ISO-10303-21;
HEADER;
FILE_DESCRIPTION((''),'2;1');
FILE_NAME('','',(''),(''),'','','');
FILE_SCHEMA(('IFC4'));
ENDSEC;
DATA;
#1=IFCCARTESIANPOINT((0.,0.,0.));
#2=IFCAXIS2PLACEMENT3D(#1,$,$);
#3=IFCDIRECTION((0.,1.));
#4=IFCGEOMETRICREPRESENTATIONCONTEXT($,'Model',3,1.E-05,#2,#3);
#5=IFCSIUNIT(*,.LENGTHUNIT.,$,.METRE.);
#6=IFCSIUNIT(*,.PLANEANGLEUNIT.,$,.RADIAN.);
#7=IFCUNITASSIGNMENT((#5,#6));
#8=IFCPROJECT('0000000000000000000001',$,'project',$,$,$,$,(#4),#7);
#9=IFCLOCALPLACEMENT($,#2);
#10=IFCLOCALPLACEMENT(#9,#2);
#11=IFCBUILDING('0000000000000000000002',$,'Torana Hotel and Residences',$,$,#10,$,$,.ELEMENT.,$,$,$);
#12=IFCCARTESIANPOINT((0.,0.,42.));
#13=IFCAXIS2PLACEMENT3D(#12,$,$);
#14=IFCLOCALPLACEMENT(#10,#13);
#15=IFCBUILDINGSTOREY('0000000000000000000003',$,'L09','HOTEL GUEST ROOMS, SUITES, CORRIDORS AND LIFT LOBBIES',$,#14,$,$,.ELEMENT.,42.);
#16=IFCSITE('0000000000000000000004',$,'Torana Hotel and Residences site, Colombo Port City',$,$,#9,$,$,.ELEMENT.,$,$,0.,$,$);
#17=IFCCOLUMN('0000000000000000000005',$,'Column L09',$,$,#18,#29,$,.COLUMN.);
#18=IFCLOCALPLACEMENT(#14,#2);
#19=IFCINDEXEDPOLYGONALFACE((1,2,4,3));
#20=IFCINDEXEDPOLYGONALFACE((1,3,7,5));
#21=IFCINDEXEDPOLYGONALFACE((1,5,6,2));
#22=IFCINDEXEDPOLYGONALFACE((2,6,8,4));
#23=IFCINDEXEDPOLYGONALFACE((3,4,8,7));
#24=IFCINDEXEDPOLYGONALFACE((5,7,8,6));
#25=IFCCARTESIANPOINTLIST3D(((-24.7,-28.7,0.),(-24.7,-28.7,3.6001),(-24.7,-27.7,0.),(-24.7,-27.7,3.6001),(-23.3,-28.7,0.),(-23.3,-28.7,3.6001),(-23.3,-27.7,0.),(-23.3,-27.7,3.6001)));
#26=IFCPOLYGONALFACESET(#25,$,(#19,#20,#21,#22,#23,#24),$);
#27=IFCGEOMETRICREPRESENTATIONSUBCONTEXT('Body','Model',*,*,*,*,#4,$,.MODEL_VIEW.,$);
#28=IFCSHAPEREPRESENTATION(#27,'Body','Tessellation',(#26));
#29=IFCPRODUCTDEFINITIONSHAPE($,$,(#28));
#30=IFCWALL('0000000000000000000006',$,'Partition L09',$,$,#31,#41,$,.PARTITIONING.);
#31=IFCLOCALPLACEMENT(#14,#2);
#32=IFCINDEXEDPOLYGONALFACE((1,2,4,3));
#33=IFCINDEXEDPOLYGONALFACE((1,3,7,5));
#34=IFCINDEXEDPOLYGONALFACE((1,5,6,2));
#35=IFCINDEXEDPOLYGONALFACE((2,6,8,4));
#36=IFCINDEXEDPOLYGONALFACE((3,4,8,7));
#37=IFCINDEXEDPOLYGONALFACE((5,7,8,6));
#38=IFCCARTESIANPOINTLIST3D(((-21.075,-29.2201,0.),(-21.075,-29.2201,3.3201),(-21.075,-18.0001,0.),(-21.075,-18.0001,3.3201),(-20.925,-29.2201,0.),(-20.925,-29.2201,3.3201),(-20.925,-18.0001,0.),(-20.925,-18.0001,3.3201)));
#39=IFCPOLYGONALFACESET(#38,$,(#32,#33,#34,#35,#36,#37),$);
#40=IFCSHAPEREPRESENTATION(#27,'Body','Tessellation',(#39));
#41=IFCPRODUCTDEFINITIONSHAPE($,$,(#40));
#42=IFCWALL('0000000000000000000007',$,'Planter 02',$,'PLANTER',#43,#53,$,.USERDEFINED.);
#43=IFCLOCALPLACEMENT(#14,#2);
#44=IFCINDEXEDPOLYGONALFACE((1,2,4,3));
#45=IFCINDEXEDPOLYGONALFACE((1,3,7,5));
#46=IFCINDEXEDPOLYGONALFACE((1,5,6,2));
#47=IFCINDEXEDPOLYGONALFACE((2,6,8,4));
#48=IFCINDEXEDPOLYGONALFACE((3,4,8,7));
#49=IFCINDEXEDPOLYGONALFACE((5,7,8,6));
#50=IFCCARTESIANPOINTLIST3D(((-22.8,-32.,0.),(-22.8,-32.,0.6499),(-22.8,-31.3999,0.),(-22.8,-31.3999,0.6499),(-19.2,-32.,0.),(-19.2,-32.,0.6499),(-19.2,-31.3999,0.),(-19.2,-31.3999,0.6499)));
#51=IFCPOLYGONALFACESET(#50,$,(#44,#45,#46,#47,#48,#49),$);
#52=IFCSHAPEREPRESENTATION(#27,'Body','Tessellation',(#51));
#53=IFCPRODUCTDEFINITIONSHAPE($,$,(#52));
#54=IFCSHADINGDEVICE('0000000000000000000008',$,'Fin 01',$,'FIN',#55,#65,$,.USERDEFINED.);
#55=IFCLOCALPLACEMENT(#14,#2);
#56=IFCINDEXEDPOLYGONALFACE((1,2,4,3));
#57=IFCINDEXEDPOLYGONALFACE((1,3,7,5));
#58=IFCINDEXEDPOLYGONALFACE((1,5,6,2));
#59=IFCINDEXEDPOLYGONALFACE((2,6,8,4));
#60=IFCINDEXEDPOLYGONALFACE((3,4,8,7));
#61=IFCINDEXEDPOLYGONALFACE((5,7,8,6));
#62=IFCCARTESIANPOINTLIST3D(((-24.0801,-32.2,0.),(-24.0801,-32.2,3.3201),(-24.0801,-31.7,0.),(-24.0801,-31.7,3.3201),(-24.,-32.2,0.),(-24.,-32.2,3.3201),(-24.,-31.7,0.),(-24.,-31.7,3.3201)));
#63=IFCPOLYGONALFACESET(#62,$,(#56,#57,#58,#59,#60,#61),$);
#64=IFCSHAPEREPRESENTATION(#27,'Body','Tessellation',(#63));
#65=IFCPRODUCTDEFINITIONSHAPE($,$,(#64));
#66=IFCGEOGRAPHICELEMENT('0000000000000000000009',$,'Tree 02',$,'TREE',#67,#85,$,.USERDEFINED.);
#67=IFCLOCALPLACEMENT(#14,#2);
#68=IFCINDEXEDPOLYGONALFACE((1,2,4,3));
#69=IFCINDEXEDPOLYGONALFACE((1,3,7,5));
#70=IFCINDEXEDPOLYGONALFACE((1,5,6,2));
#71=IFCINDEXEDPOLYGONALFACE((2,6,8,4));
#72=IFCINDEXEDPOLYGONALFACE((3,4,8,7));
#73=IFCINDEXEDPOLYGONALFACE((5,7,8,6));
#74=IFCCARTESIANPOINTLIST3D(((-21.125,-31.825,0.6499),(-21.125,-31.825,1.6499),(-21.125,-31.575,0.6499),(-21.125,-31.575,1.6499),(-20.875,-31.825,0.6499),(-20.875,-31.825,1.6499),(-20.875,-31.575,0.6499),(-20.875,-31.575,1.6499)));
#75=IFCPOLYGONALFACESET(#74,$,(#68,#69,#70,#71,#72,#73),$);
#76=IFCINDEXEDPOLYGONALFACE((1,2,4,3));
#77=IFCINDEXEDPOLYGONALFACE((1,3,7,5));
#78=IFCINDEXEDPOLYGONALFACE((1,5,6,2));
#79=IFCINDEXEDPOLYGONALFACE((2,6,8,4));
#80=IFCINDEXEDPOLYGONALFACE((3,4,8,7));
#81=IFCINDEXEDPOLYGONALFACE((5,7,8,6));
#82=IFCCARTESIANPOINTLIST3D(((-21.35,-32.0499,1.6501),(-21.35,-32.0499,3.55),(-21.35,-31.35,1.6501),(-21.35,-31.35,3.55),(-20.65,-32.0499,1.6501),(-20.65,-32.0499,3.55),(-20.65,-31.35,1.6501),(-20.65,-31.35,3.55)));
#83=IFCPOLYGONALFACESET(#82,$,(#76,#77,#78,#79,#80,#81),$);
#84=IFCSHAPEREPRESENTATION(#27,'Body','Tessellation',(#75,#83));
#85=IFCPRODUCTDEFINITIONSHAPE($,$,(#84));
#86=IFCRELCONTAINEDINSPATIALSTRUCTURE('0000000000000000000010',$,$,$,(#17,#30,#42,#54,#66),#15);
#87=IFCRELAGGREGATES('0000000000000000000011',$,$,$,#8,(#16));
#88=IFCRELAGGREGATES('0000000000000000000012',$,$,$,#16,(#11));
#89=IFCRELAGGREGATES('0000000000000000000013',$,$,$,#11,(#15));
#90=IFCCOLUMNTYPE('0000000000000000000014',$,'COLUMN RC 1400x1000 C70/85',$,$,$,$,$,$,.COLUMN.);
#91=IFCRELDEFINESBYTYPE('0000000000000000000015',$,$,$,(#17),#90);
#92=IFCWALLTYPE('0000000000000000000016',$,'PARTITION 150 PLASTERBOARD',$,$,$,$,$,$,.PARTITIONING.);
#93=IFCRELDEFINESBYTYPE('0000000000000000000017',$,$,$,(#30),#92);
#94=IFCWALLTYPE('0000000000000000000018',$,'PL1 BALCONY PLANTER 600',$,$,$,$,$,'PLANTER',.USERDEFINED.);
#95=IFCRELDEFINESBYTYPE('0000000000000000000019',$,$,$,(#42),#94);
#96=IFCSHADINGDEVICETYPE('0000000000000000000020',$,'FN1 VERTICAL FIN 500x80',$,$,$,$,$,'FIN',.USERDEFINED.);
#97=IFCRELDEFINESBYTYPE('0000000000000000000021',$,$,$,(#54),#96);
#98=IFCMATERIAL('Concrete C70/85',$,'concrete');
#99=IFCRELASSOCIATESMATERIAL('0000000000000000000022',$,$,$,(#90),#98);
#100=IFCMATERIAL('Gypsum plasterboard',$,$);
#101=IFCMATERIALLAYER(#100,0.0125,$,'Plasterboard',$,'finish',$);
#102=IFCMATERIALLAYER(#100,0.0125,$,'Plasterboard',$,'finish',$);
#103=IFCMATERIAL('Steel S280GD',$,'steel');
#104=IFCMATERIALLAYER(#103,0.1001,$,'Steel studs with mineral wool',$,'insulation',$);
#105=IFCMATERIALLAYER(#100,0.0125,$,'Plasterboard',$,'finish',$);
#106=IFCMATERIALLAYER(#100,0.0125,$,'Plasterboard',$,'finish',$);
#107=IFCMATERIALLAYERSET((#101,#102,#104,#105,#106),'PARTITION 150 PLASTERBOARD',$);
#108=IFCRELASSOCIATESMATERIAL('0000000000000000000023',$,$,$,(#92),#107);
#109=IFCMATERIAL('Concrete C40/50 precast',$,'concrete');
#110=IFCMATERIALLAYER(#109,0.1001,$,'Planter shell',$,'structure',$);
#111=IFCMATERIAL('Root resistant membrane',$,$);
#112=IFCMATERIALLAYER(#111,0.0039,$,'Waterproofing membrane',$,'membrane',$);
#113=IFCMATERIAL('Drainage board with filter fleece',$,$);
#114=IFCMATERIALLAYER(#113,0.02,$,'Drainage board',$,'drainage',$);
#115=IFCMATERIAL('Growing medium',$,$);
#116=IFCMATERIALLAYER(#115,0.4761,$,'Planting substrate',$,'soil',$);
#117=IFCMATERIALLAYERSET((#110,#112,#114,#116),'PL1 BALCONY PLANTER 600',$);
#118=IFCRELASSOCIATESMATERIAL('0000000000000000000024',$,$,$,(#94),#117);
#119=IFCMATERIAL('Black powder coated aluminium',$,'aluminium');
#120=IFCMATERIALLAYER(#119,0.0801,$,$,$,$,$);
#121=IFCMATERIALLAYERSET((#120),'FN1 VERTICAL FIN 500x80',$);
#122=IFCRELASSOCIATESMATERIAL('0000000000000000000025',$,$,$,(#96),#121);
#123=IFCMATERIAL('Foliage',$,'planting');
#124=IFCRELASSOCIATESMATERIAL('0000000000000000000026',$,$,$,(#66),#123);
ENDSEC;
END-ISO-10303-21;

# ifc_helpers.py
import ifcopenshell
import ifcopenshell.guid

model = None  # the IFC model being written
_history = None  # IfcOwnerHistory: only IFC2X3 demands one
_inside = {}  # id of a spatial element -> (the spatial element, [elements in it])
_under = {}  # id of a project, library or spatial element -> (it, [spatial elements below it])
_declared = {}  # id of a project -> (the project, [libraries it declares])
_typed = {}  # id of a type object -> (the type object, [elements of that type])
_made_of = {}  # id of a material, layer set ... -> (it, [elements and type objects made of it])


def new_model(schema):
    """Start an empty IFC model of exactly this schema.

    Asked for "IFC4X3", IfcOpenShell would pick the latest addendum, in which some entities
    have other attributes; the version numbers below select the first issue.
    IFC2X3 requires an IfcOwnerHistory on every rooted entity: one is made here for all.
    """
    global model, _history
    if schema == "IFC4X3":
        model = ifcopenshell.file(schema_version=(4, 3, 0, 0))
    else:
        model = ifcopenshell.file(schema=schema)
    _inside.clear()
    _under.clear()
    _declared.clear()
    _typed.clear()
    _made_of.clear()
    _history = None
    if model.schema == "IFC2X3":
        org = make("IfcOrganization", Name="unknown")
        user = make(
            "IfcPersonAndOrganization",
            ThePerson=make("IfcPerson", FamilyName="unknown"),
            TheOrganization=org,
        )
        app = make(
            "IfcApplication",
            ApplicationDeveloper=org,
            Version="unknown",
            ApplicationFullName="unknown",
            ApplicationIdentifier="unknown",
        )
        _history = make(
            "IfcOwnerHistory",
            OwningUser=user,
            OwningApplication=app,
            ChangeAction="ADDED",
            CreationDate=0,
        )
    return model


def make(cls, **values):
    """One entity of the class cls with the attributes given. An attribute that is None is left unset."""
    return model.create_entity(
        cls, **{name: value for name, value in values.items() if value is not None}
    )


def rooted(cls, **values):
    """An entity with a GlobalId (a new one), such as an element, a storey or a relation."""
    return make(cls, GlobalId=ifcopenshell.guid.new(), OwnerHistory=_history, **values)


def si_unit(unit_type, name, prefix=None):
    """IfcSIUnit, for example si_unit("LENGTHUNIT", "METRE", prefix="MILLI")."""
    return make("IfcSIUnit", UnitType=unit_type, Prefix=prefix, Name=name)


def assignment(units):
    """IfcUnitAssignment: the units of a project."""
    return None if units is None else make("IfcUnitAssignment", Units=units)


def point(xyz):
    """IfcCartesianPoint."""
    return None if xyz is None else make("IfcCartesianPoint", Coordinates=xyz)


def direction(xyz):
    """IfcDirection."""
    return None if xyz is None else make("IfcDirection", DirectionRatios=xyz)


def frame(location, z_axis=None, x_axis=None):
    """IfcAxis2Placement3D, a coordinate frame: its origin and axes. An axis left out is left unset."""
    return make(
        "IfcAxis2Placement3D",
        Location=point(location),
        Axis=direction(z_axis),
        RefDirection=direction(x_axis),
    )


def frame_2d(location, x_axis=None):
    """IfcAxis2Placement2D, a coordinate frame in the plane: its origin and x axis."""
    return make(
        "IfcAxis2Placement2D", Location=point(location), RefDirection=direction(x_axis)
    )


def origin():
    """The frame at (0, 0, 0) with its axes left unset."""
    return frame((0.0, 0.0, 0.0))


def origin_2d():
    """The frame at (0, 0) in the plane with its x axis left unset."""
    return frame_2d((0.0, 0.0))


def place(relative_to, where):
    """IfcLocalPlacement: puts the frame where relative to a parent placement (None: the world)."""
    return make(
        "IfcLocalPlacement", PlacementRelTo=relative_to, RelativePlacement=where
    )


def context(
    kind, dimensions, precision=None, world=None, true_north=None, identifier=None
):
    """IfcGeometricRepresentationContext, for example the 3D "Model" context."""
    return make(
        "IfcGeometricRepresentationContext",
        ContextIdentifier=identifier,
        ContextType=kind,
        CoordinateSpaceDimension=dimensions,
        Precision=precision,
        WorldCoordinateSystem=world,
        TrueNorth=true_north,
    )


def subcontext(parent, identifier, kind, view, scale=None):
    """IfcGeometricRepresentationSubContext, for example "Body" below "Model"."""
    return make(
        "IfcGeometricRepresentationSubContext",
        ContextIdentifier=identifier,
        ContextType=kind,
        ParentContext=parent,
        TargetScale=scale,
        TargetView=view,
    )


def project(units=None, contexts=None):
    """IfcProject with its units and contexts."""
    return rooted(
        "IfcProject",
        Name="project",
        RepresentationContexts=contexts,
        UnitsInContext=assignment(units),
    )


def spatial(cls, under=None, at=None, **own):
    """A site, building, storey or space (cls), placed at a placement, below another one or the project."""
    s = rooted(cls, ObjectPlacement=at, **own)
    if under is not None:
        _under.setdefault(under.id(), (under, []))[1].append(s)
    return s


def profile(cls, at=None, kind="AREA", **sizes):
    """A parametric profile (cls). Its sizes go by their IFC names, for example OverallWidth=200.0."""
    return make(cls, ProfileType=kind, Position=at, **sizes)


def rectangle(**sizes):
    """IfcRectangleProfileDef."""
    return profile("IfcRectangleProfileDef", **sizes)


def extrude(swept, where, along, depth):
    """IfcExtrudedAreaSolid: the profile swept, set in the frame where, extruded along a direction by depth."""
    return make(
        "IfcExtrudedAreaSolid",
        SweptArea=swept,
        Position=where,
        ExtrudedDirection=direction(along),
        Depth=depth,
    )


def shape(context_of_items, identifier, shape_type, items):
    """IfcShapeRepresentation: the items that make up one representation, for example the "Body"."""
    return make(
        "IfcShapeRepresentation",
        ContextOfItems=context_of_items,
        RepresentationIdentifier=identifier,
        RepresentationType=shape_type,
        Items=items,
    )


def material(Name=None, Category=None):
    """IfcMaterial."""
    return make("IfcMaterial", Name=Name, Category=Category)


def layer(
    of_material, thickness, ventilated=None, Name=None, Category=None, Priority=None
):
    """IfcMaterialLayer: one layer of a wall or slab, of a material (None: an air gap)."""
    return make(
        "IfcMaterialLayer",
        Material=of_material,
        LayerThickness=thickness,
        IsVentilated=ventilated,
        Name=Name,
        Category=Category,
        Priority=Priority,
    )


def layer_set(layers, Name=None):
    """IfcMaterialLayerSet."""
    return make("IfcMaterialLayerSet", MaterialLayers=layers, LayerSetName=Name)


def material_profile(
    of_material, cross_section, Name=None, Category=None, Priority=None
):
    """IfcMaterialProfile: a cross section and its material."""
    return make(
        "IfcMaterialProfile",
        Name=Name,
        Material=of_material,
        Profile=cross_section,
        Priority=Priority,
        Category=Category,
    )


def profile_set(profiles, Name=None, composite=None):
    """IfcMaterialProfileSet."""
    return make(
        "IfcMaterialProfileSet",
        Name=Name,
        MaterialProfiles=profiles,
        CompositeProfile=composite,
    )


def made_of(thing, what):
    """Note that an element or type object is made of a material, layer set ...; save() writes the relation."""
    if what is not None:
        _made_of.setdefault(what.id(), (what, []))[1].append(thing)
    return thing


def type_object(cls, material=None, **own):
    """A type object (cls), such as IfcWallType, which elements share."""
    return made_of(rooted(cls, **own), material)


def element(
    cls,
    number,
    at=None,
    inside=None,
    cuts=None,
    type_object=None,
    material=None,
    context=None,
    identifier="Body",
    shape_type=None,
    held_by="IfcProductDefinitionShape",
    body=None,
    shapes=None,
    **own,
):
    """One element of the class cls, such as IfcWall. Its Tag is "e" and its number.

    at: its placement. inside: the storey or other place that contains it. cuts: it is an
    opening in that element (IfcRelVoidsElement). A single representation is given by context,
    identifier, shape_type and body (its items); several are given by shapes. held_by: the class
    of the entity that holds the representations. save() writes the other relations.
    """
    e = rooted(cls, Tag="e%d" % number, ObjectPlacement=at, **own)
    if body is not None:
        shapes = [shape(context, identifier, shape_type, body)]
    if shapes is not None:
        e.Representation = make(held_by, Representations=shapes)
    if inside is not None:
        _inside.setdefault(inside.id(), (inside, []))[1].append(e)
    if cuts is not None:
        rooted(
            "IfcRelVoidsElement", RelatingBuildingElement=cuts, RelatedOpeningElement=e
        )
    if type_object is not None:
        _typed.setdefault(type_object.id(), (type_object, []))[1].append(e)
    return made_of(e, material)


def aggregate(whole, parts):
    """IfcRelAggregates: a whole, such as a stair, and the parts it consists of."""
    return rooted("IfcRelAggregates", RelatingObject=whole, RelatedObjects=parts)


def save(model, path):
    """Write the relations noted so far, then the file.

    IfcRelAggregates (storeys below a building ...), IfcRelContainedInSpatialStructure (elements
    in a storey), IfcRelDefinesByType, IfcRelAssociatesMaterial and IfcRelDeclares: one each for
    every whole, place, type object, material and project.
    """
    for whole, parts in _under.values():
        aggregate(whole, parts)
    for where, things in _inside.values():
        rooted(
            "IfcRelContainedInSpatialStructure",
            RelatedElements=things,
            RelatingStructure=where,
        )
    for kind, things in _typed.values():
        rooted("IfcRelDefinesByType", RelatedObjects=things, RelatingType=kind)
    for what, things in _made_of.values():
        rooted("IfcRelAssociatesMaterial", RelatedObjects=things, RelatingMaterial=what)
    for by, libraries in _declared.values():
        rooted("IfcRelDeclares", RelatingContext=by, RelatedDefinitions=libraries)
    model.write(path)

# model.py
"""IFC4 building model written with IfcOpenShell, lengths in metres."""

from ifc_helpers import new_model, si_unit, direction, frame, frame_2d, origin, origin_2d, place, context, subcontext, project, spatial, rectangle, extrude, material, layer, layer_set, material_profile, profile_set, type_object, element, save


model = new_model("IFC4")

# Units and contexts
model_context = context("Model", 3, precision=1e-05, world=origin(), true_north=direction((0.0, 1.0)))
body_context = subcontext(model_context, "Body", "Model", "MODEL_VIEW")
ifc_project = project(units=[si_unit("LENGTHUNIT", "METRE"), si_unit("PLANEANGLEUNIT", "RADIAN")], contexts=[model_context])

# Site, building, storey
site_placement = place(None, origin())
site = spatial("IfcSite", under=ifc_project, at=site_placement, Name="Torana Hotel and Residences site, Colombo Port City", CompositionType="ELEMENT", RefElevation=0.0)
building_placement = place(site_placement, origin())
building = spatial("IfcBuilding", under=site, at=building_placement, Name="Torana Hotel and Residences", CompositionType="ELEMENT")
storey_placement = place(building_placement, frame((0.0, 0.0, 42.0)))
storey = spatial("IfcBuildingStorey", under=building, at=storey_placement, Name="L09", Description="HOTEL GUEST ROOMS, SUITES, CORRIDORS AND LIFT LOBBIES", CompositionType="ELEMENT", Elevation=42.0)

# Column
ifc_material_1 = material(Name="Concrete C70/85", Category="concrete")
ifc_material_profile = material_profile(ifc_material_1, rectangle(XDim=1.3999, YDim=1.0, at=origin_2d()), Name="RC 1400x1000")
ifc_profile_set = profile_set([ifc_material_profile], Name="Concrete C70/85")
column_type = type_object("IfcColumnType", Name="COLUMN RC 1400x1000 C70/85", PredefinedType="COLUMN", material=ifc_profile_set)
column_placement = place(storey_placement, frame((-24.0, -28.2, 0.0), z_axis=(0.0, 0.0, 1.0), x_axis=(1.0, 0.0, 0.0)))
element("IfcColumn", 1, at=column_placement, inside=storey, type_object=column_type, Name="Column L09", PredefinedType="COLUMN", context=body_context, shape_type="SweptSolid", body=[
    extrude(rectangle(XDim=1.3999, YDim=1.0, at=origin_2d()), origin(), (0.0, 0.0, 1.0), 3.6001),
])

# Walls
ifc_material_2 = material(Name="Gypsum plasterboard")
ifc_layer_1 = layer(ifc_material_2, 0.0125, Name="Plasterboard", Category="finish")
ifc_layer_2 = layer(ifc_material_2, 0.0125, Name="Plasterboard", Category="finish")
ifc_material_3 = material(Name="Steel S280GD", Category="steel")
ifc_layer_3 = layer(ifc_material_3, 0.1001, Name="Steel studs with mineral wool", Category="insulation")
ifc_layer_4 = layer(ifc_material_2, 0.0125, Name="Plasterboard", Category="finish")
ifc_layer_5 = layer(ifc_material_2, 0.0125, Name="Plasterboard", Category="finish")
ifc_layer_set_1 = layer_set([ifc_layer_1, ifc_layer_2, ifc_layer_3, ifc_layer_4, ifc_layer_5], Name="PARTITION 150 PLASTERBOARD")
wall_type_1 = type_object("IfcWallType", Name="PARTITION 150 PLASTERBOARD", PredefinedType="PARTITIONING", material=ifc_layer_set_1)
wall_1_placement = place(storey_placement, frame((-21.0, -29.22, 0.0), z_axis=(0.0, 0.0, 1.0), x_axis=(0.0, 1.0, 0.0)))
element("IfcWall", 2, at=wall_1_placement, inside=storey, type_object=wall_type_1, Name="Partition L09", PredefinedType="PARTITIONING", context=body_context, shape_type="SweptSolid", body=[
    extrude(rectangle(XDim=11.22, YDim=0.1499, at=frame_2d((5.6099, 0.0))), origin(), (0.0, 0.0, 1.0), 3.3201),
])
ifc_material_4 = material(Name="Concrete C40/50 precast", Category="concrete")
ifc_layer_6 = layer(ifc_material_4, 0.1001, Name="Planter shell", Category="structure")
ifc_material_5 = material(Name="Root resistant membrane")
ifc_layer_7 = layer(ifc_material_5, 0.0039, Name="Waterproofing membrane", Category="membrane")
ifc_material_6 = material(Name="Drainage board with filter fleece")
ifc_layer_8 = layer(ifc_material_6, 0.02, Name="Drainage board", Category="drainage")
ifc_material_7 = material(Name="Growing medium")
ifc_layer_9 = layer(ifc_material_7, 0.4761, Name="Planting substrate", Category="soil")
ifc_layer_set_2 = layer_set([ifc_layer_6, ifc_layer_7, ifc_layer_8, ifc_layer_9], Name="PL1 BALCONY PLANTER 600")
wall_type_2 = type_object("IfcWallType", Name="PL1 BALCONY PLANTER 600", ElementType="PLANTER", PredefinedType="USERDEFINED", material=ifc_layer_set_2)
wall_2_placement = place(storey_placement, frame((-19.2, -31.7, 0.0), z_axis=(0.0, 0.0, 1.0), x_axis=(-1.0, 0.0, 0.0)))
element("IfcWall", 3, at=wall_2_placement, inside=storey, type_object=wall_type_2, Name="Planter 02", ObjectType="PLANTER", PredefinedType="USERDEFINED", context=body_context, shape_type="SweptSolid", body=[
    extrude(rectangle(XDim=3.6001, YDim=0.6001, at=frame_2d((1.8, 0.0))), origin(), (0.0, 0.0, 1.0), 0.6499),
])

# Shading device
ifc_material_8 = material(Name="Black powder coated aluminium", Category="aluminium")
ifc_layer_10 = layer(ifc_material_8, 0.0801)
ifc_layer_set_3 = layer_set([ifc_layer_10], Name="FN1 VERTICAL FIN 500x80")
shading_device_type = type_object("IfcShadingDeviceType", Name="FN1 VERTICAL FIN 500x80", ElementType="FIN", PredefinedType="USERDEFINED", material=ifc_layer_set_3)
shading_device_placement = place(storey_placement, frame((-24.04, -31.95, 0.0), z_axis=(0.0, 0.0, 1.0), x_axis=(-1.0, 0.0, 0.0)))
element("IfcShadingDevice", 4, at=shading_device_placement, inside=storey, type_object=shading_device_type, Name="Fin 01", ObjectType="FIN", PredefinedType="USERDEFINED", context=body_context, shape_type="SweptSolid", body=[
    extrude(rectangle(XDim=0.0801, YDim=0.5, at=origin_2d()), origin(), (0.0, 0.0, 1.0), 3.3201),
])

# Geographic element
ifc_material_9 = material(Name="Foliage", Category="planting")
geographic_element_placement = place(storey_placement, frame((-21.0, -31.7, 0.6499), z_axis=(0.0, 0.0, 1.0), x_axis=(1.0, 0.0, 0.0)))
element("IfcGeographicElement", 5, at=geographic_element_placement, inside=storey, material=ifc_material_9, Name="Tree 02", ObjectType="TREE", PredefinedType="USERDEFINED", context=body_context, shape_type="SweptSolid", body=[
    extrude(rectangle(XDim=0.25, YDim=0.25, at=origin_2d()), origin(), (0.0, 0.0, 1.0), 1.0),
    extrude(rectangle(XDim=0.7, YDim=0.7, at=origin_2d()), frame((0.0, 0.0, 1.0002)), (0.0, 0.0, 1.0), 1.8999),
])

save(model, "model.ifc")
